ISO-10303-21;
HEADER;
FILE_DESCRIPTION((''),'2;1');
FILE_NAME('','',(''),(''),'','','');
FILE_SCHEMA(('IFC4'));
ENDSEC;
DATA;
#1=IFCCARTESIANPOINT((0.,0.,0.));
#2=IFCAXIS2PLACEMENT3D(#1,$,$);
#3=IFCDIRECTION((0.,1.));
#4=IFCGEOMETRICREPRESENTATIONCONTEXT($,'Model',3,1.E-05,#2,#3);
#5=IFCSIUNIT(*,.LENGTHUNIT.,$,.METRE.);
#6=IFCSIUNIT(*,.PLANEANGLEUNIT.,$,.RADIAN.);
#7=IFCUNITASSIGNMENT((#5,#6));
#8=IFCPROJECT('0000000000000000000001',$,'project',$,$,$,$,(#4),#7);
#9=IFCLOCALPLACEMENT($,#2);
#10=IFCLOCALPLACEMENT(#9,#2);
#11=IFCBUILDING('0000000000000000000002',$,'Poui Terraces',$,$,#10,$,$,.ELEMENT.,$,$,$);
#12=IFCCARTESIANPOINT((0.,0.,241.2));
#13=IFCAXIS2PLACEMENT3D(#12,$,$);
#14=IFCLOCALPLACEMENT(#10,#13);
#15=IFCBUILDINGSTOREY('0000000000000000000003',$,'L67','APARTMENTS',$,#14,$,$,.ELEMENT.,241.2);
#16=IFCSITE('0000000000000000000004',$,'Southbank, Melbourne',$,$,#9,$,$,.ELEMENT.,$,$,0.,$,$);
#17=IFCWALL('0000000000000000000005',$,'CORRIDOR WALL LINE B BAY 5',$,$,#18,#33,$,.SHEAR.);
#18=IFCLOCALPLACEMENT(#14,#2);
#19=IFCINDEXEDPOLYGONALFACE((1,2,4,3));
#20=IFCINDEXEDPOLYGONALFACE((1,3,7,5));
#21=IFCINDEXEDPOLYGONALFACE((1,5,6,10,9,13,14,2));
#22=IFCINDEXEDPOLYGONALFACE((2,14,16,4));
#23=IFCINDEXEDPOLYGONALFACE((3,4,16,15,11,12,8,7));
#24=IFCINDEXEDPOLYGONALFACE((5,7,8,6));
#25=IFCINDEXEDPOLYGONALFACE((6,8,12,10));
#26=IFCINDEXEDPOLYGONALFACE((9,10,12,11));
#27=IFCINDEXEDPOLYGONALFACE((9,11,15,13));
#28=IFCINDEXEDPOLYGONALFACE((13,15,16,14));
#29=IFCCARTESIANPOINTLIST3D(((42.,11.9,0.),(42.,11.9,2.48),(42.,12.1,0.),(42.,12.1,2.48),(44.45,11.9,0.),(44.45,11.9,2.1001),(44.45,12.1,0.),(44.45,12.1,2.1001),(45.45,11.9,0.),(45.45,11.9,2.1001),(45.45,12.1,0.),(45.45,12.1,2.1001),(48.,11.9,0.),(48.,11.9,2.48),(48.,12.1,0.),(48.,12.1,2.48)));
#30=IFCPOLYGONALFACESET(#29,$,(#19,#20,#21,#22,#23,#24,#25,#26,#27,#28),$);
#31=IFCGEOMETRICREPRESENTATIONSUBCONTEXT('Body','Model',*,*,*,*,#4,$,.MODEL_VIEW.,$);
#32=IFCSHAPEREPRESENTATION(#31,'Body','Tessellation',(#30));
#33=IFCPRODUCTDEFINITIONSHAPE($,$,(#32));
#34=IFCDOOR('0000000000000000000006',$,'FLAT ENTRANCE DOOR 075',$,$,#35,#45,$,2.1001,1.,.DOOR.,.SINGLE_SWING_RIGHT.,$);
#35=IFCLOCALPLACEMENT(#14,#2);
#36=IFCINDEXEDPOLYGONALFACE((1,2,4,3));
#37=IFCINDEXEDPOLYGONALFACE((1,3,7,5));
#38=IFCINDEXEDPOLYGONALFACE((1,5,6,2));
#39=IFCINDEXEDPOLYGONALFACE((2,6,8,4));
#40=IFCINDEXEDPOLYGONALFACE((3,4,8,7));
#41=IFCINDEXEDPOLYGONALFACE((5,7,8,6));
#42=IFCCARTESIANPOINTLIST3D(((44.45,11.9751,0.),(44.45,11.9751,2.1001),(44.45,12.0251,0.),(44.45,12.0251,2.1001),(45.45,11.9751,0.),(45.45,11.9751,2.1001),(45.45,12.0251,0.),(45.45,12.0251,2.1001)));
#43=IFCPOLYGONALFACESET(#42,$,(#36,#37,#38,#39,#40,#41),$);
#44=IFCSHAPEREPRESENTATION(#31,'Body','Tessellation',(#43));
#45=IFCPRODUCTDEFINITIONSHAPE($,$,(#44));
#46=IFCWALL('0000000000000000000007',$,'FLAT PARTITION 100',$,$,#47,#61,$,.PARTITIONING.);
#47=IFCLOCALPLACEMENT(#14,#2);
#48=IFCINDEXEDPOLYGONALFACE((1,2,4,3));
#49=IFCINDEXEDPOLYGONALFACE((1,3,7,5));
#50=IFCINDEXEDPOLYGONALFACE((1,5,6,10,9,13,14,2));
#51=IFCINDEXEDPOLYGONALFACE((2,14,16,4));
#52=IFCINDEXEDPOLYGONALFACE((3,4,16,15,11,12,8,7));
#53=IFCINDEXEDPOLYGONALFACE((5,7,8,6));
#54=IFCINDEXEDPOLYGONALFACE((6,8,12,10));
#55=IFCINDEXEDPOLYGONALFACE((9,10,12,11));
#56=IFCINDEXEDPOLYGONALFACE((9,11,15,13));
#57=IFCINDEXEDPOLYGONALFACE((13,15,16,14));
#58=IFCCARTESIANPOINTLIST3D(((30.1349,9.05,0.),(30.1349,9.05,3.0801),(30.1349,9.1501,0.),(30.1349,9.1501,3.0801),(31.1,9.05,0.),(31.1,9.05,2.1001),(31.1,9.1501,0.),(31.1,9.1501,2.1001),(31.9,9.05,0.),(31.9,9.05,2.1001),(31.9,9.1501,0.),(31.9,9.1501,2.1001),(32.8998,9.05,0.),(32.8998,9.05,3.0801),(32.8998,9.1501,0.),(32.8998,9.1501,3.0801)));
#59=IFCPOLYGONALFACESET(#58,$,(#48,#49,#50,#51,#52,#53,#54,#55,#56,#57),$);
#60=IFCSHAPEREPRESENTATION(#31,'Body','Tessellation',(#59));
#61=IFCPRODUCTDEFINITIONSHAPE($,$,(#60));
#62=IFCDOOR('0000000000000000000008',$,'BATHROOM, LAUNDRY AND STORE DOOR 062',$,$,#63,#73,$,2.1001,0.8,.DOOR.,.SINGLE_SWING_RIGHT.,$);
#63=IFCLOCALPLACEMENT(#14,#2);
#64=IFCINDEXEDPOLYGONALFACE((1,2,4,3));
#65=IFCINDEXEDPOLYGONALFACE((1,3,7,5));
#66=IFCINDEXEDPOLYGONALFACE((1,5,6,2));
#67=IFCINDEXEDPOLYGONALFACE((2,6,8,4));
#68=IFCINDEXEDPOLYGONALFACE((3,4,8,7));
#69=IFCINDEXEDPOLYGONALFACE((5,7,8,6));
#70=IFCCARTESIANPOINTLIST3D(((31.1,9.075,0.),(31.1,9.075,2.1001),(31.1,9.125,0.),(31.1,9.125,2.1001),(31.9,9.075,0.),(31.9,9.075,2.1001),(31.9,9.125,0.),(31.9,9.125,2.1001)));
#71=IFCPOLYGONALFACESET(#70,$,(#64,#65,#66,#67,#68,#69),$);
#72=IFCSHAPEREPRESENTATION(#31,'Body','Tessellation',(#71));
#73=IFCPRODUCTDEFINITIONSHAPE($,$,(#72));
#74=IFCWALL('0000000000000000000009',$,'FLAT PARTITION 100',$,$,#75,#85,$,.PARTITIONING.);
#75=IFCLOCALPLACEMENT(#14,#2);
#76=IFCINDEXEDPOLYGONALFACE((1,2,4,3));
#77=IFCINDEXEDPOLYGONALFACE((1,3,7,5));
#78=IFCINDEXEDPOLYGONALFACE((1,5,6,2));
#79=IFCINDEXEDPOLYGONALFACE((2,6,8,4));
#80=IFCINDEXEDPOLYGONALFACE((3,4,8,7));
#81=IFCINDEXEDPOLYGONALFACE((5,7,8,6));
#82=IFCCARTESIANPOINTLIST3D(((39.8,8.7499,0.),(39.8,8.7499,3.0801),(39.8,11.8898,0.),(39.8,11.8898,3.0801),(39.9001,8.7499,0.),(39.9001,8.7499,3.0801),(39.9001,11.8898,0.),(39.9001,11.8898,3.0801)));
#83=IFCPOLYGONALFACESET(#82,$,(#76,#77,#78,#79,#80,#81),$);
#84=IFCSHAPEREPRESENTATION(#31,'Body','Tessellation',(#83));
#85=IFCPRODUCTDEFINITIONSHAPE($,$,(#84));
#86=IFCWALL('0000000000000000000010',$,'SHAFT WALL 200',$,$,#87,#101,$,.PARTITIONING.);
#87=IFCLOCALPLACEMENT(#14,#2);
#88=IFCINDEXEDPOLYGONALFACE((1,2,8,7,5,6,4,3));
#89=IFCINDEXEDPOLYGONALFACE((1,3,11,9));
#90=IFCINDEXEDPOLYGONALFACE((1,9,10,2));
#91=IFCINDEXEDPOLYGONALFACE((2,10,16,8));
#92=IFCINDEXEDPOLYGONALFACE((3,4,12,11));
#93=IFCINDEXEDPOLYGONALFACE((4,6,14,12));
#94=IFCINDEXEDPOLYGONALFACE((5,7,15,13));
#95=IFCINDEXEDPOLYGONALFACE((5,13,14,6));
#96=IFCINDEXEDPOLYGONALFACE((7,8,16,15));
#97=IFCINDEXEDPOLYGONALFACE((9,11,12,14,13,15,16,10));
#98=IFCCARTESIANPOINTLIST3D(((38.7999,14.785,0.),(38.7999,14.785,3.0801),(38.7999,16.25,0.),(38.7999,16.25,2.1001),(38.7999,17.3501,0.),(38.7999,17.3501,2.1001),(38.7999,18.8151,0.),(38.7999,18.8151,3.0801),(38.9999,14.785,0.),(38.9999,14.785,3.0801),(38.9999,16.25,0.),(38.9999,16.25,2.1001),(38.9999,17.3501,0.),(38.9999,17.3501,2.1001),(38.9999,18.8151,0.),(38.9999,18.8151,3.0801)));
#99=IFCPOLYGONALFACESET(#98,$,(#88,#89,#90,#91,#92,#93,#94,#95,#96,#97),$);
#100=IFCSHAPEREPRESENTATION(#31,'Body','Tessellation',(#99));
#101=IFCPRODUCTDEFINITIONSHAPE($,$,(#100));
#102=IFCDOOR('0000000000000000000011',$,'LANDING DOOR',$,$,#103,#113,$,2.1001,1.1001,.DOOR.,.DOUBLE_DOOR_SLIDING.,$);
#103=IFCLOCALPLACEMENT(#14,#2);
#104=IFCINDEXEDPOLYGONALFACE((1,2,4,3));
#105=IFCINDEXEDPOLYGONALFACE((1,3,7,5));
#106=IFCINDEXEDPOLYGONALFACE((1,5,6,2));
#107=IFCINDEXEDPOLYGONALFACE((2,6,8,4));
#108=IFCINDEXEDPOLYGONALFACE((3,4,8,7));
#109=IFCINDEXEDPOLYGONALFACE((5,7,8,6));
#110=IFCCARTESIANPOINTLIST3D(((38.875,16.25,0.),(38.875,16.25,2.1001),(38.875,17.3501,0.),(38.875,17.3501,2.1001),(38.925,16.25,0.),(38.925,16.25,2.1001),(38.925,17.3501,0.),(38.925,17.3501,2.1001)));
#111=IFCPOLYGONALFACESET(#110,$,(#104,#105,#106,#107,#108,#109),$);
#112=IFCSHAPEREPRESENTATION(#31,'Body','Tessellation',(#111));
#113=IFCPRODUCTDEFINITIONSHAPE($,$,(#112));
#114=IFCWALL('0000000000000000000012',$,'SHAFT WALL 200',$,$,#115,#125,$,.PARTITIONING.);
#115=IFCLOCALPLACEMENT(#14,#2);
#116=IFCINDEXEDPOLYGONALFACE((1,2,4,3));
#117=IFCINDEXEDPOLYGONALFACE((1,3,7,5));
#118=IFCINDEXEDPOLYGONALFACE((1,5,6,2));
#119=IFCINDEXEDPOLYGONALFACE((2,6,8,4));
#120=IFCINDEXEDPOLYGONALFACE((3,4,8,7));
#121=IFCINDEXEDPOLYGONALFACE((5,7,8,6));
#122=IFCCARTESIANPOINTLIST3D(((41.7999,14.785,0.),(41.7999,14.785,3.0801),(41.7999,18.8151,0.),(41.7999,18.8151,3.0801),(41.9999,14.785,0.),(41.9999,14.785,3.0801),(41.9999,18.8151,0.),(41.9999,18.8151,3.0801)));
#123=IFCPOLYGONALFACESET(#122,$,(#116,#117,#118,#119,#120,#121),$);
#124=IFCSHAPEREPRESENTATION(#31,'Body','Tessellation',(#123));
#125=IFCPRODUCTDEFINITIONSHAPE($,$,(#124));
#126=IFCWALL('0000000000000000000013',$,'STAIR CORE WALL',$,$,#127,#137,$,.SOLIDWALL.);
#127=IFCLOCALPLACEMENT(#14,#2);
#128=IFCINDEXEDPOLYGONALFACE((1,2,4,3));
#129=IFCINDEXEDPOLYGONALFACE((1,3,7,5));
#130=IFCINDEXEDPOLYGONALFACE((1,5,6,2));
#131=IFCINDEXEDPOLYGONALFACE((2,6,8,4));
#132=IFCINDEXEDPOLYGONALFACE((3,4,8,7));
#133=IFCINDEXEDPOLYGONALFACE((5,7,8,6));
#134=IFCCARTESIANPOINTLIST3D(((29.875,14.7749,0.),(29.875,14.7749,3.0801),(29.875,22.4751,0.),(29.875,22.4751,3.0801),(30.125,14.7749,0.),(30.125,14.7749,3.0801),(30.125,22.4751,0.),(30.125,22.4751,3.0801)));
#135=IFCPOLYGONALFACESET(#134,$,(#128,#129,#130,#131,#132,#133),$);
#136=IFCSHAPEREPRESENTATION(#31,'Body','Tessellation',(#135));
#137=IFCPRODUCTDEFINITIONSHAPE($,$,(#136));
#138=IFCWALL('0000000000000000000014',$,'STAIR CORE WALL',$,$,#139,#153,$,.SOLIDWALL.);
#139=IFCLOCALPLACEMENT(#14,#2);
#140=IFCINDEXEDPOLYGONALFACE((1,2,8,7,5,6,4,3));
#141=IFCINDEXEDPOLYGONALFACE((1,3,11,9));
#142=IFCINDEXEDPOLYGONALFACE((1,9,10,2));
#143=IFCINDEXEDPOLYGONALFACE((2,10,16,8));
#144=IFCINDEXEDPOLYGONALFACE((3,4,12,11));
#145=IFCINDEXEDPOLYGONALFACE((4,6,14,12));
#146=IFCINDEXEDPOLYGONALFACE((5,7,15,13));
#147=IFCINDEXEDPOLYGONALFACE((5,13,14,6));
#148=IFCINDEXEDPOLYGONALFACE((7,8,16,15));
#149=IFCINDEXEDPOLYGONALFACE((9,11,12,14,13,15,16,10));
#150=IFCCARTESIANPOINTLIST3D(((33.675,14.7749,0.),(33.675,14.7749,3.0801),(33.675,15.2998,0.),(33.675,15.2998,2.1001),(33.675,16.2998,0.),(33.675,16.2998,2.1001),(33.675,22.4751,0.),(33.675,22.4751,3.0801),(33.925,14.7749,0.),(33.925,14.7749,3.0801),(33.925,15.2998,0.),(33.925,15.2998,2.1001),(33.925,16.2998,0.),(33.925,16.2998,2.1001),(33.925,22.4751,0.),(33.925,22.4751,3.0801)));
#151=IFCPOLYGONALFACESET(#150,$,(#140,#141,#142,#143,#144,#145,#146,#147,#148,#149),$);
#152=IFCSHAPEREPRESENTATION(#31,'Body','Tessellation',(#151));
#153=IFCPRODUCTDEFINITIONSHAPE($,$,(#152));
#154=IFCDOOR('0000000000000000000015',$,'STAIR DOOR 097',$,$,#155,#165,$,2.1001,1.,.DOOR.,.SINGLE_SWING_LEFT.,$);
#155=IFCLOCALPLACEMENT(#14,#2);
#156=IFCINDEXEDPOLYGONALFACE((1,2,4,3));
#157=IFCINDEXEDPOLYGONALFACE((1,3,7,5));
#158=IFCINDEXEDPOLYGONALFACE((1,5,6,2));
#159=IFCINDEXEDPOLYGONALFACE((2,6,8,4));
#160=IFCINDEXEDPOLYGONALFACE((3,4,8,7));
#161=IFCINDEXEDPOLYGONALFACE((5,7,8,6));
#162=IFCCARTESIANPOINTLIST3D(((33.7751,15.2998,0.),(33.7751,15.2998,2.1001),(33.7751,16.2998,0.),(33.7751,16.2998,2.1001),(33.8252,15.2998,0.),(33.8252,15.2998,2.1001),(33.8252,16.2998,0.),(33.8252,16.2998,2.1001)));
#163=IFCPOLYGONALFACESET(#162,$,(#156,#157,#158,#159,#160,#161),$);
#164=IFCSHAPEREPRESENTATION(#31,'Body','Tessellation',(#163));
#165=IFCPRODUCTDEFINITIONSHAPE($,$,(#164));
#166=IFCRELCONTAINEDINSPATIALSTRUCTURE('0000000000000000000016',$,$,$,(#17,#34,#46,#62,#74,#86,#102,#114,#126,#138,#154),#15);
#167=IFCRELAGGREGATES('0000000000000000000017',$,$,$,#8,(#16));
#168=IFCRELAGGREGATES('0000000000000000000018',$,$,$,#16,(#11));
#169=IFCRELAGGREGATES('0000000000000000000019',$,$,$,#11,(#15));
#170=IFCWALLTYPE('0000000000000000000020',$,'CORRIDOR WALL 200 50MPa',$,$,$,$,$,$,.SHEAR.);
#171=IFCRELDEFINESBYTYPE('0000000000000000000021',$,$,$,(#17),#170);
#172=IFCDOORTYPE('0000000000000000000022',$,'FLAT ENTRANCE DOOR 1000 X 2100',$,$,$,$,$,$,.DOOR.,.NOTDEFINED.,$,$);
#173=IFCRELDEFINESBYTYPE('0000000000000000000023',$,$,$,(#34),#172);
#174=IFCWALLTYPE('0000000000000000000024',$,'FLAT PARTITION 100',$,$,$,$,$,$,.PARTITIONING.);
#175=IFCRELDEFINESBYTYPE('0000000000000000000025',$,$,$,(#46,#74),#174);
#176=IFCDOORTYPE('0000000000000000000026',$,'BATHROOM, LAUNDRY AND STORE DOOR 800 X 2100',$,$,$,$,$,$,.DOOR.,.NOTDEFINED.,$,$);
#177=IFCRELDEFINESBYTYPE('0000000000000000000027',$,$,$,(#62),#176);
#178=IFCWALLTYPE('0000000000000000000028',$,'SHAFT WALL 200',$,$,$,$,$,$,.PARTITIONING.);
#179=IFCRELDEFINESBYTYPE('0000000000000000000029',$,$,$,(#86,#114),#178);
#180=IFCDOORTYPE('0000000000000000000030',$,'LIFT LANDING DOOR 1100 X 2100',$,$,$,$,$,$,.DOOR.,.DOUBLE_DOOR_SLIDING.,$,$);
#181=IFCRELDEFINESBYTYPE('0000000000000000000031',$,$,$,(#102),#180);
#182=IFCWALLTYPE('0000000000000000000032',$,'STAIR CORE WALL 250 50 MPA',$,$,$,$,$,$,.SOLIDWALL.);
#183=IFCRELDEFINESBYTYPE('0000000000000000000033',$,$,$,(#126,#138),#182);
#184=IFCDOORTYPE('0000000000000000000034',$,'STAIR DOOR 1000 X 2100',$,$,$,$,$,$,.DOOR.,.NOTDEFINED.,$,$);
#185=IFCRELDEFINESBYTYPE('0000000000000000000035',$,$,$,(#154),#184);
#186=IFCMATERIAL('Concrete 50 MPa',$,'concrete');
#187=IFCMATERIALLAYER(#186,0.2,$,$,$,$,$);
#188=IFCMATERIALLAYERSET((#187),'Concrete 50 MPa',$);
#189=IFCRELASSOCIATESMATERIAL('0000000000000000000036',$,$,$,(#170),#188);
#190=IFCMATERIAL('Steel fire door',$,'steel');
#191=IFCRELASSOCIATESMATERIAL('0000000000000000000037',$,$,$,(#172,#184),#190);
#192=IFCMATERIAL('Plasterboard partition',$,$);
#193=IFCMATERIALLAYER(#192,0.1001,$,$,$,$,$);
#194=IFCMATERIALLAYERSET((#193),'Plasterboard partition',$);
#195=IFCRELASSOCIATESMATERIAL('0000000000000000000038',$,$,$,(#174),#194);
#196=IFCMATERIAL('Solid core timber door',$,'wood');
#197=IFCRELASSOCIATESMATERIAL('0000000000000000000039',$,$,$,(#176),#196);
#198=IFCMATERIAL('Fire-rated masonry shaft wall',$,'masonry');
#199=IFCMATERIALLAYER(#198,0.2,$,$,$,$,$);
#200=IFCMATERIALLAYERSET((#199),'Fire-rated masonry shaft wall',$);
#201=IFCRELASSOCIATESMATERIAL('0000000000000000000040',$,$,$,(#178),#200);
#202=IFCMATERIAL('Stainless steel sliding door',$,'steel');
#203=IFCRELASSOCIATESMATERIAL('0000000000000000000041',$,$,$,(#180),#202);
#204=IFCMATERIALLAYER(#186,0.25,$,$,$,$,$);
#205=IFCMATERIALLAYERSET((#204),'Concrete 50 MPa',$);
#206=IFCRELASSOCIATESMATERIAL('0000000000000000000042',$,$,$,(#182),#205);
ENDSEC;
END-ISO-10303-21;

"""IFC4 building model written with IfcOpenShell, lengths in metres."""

from ifc_helpers import new_model, si_unit, direction, frame, frame_2d, origin, place, context, subcontext, project, spatial, rectangle, extrude, material, layer, layer_set, type_object, element, fill, save


model = new_model("IFC4")

# Units and contexts
model_context = context("Model", 3, precision=1e-05, world=origin(), true_north=direction((0.0, 1.0)))
body_context = subcontext(model_context, "Body", "Model", "MODEL_VIEW")
ifc_project = project(units=[si_unit("LENGTHUNIT", "METRE"), si_unit("PLANEANGLEUNIT", "RADIAN")], contexts=[model_context])

# Site, building, storey
site_placement = place(None, origin())
site = spatial("IfcSite", under=ifc_project, at=site_placement, Name="Southbank, Melbourne", CompositionType="ELEMENT", RefElevation=0.0)
building_placement = place(site_placement, origin())
building = spatial("IfcBuilding", under=site, at=building_placement, Name="Poui Terraces", CompositionType="ELEMENT")
storey_placement = place(building_placement, frame((0.0, 0.0, 241.2)))
storey = spatial("IfcBuildingStorey", under=building, at=storey_placement, Name="L67", Description="APARTMENTS", CompositionType="ELEMENT", Elevation=241.2)

# Shared definitions
ifc_material_1 = material(Name="Concrete 50 MPa", Category="concrete")

# Shared definitions
ifc_material_2 = material(Name="Steel fire door", Category="steel")

# Shared definitions
ifc_layer_1 = layer(ifc_material_1, 0.2)
ifc_layer_set_1 = layer_set([ifc_layer_1], Name="Concrete 50 MPa")
wall_type_1 = type_object("IfcWallType", Name="CORRIDOR WALL 200 50MPa", PredefinedType="SHEAR", material=ifc_layer_set_1)

# Walls, openings, doors
door_type_1 = type_object("IfcDoorType", Name="FLAT ENTRANCE DOOR 1000 X 2100", OperationType="NOTDEFINED", PredefinedType="DOOR", material=ifc_material_2)
wall_1_placement = place(storey_placement, frame((42.0, 12.0, 0.0), z_axis=(0.0, 0.0, 1.0), x_axis=(1.0, 0.0, 0.0)))
wall_1 = element("IfcWall", 1, at=wall_1_placement, inside=storey, type_object=wall_type_1, Name="CORRIDOR WALL LINE B BAY 5", PredefinedType="SHEAR", context=body_context, shape_type="SweptSolid", body=[
    extrude(rectangle(XDim=6.0, YDim=0.2, at=frame_2d((3.0, 0.0))), origin(), (0.0, 0.0, 1.0), 2.48),
])
opening_1_placement = place(wall_1_placement, frame((2.45, 0.0, 0.0)))
opening_1 = element("IfcOpeningElement", 2, at=opening_1_placement, cuts=wall_1, PredefinedType="OPENING", context=body_context, shape_type="SweptSolid", body=[
    extrude(rectangle(XDim=1.0, YDim=2.1001, at=frame_2d((0.5, 1.05))), frame((0.0, 0.1099, 0.0), z_axis=(0.0, -1.0, 0.0), x_axis=(1.0, 0.0, 0.0)), (0.0, 0.0, 1.0), 0.22),
])
door_1_placement = place(opening_1_placement, frame((1.0, 0.0, 0.0), z_axis=(0.0, 0.0, 1.0), x_axis=(-1.0, 0.0, 0.0)))
door_1 = element("IfcDoor", 3, at=door_1_placement, inside=storey, type_object=door_type_1, Name="FLAT ENTRANCE DOOR 075", OperationType="SINGLE_SWING_RIGHT", OverallHeight=2.1001, OverallWidth=1.0, PredefinedType="DOOR", context=body_context, shape_type="SweptSolid", body=[
    extrude(rectangle(XDim=1.0, YDim=2.1001, at=frame_2d((0.5, 1.05))), frame((0.0, 0.0249, 0.0), z_axis=(0.0, -1.0, 0.0), x_axis=(1.0, 0.0, 0.0)), (0.0, 0.0, 1.0), 0.05),
])
fill(opening_1, door_1)
ifc_material_3 = material(Name="Plasterboard partition")
ifc_layer_2 = layer(ifc_material_3, 0.1001)
ifc_layer_set_2 = layer_set([ifc_layer_2], Name="Plasterboard partition")
wall_type_2 = type_object("IfcWallType", Name="FLAT PARTITION 100", PredefinedType="PARTITIONING", material=ifc_layer_set_2)
wall_2_placement = place(storey_placement, frame((30.135, 9.1001, 0.0), z_axis=(0.0, 0.0, 1.0), x_axis=(1.0, 0.0, 0.0)))
wall_2 = element("IfcWall", 4, at=wall_2_placement, inside=storey, type_object=wall_type_2, Name="FLAT PARTITION 100", PredefinedType="PARTITIONING", context=body_context, shape_type="SweptSolid", body=[
    extrude(rectangle(XDim=2.7649, YDim=0.1001, at=frame_2d((1.3823, 0.0))), origin(), (0.0, 0.0, 1.0), 3.0801),
])
opening_2_placement = place(wall_2_placement, frame((0.9651, 0.0, 0.0)))
opening_2 = element("IfcOpeningElement", 5, at=opening_2_placement, cuts=wall_2, PredefinedType="OPENING", context=body_context, shape_type="SweptSolid", body=[
    extrude(rectangle(XDim=0.8, YDim=2.1001, at=frame_2d((0.3999, 1.05))), frame((0.0, 0.0601, 0.0), z_axis=(0.0, -1.0, 0.0), x_axis=(1.0, 0.0, 0.0)), (0.0, 0.0, 1.0), 0.1201),
])
ifc_material_4 = material(Name="Solid core timber door", Category="wood")
door_type_2 = type_object("IfcDoorType", Name="BATHROOM, LAUNDRY AND STORE DOOR 800 X 2100", OperationType="NOTDEFINED", PredefinedType="DOOR", material=ifc_material_4)
door_2_placement = place(opening_2_placement, origin())
door_2 = element("IfcDoor", 6, at=door_2_placement, inside=storey, type_object=door_type_2, Name="BATHROOM, LAUNDRY AND STORE DOOR 062", OperationType="SINGLE_SWING_RIGHT", OverallHeight=2.1001, OverallWidth=0.8, PredefinedType="DOOR", context=body_context, shape_type="SweptSolid", body=[
    extrude(rectangle(XDim=0.8, YDim=2.1001, at=frame_2d((0.3999, 1.05))), frame((0.0, 0.0249, 0.0), z_axis=(0.0, -1.0, 0.0), x_axis=(1.0, 0.0, 0.0)), (0.0, 0.0, 1.0), 0.05),
])
fill(opening_2, door_2)

# Wall
wall_3_placement = place(storey_placement, frame((39.8501, 8.75, 0.0), z_axis=(0.0, 0.0, 1.0), x_axis=(0.0, 1.0, 0.0)))
element("IfcWall", 7, at=wall_3_placement, inside=storey, type_object=wall_type_2, Name="FLAT PARTITION 100", PredefinedType="PARTITIONING", context=body_context, shape_type="SweptSolid", body=[
    extrude(rectangle(XDim=3.1399, YDim=0.1001, at=frame_2d((1.5698, 0.0))), origin(), (0.0, 0.0, 1.0), 3.0801),
])

# Wall, opening, door
ifc_material_5 = material(Name="Fire-rated masonry shaft wall", Category="masonry")
ifc_layer_3 = layer(ifc_material_5, 0.2)
ifc_layer_set_3 = layer_set([ifc_layer_3], Name="Fire-rated masonry shaft wall")
wall_type_3 = type_object("IfcWallType", Name="SHAFT WALL 200", PredefinedType="PARTITIONING", material=ifc_layer_set_3)
wall_4_placement = place(storey_placement, frame((38.8999, 14.7849, 0.0), z_axis=(0.0, 0.0, 1.0), x_axis=(0.0, 1.0, 0.0)))
wall_4 = element("IfcWall", 8, at=wall_4_placement, inside=storey, type_object=wall_type_3, Name="SHAFT WALL 200", PredefinedType="PARTITIONING", context=body_context, shape_type="SweptSolid", body=[
    extrude(rectangle(XDim=4.03, YDim=0.2, at=frame_2d((2.0151, 0.0))), origin(), (0.0, 0.0, 1.0), 3.0801),
])
opening_3_placement = place(wall_4_placement, frame((1.4651, 0.0, 0.0)))
opening_3 = element("IfcOpeningElement", 9, at=opening_3_placement, cuts=wall_4, PredefinedType="OPENING", context=body_context, shape_type="SweptSolid", body=[
    extrude(rectangle(XDim=1.1001, YDim=2.1001, at=frame_2d((0.55, 1.05))), frame((0.0, 0.1099, 0.0), z_axis=(0.0, -1.0, 0.0), x_axis=(1.0, 0.0, 0.0)), (0.0, 0.0, 1.0), 0.22),
])
ifc_material_6 = material(Name="Stainless steel sliding door", Category="steel")
door_type_3 = type_object("IfcDoorType", Name="LIFT LANDING DOOR 1100 X 2100", OperationType="DOUBLE_DOOR_SLIDING", PredefinedType="DOOR", material=ifc_material_6)
door_3_placement = place(opening_3_placement, origin())
door_3 = element("IfcDoor", 10, at=door_3_placement, inside=storey, type_object=door_type_3, Name="LANDING DOOR", OperationType="DOUBLE_DOOR_SLIDING", OverallHeight=2.1001, OverallWidth=1.1001, PredefinedType="DOOR", context=body_context, shape_type="SweptSolid", body=[
    extrude(rectangle(XDim=1.1001, YDim=2.1001, at=frame_2d((0.55, 1.05))), frame((0.0, 0.0249, 0.0), z_axis=(0.0, -1.0, 0.0), x_axis=(1.0, 0.0, 0.0)), (0.0, 0.0, 1.0), 0.05),
])
fill(opening_3, door_3)

# Walls
wall_5_placement = place(storey_placement, frame((41.8999, 14.7849, 0.0), z_axis=(0.0, 0.0, 1.0), x_axis=(0.0, 1.0, 0.0)))
element("IfcWall", 11, at=wall_5_placement, inside=storey, type_object=wall_type_3, Name="SHAFT WALL 200", PredefinedType="PARTITIONING", context=body_context, shape_type="SweptSolid", body=[
    extrude(rectangle(XDim=4.03, YDim=0.2, at=frame_2d((2.0151, 0.0))), origin(), (0.0, 0.0, 1.0), 3.0801),
])
ifc_layer_4 = layer(ifc_material_1, 0.25)
ifc_layer_set_4 = layer_set([ifc_layer_4], Name="Concrete 50 MPa")
wall_type_4 = type_object("IfcWallType", Name="STAIR CORE WALL 250 50 MPA", PredefinedType="SOLIDWALL", material=ifc_layer_set_4)
wall_6_placement = place(storey_placement, frame((30.0, 14.7749, 0.0), z_axis=(0.0, 0.0, 1.0), x_axis=(0.0, 1.0, 0.0)))
element("IfcWall", 12, at=wall_6_placement, inside=storey, type_object=wall_type_4, Name="STAIR CORE WALL", PredefinedType="SOLIDWALL", context=body_context, shape_type="SweptSolid", body=[
    extrude(rectangle(XDim=7.7002, YDim=0.25, at=frame_2d((3.8501, 0.0))), origin(), (0.0, 0.0, 1.0), 3.0801),
])

# Wall, opening, door
wall_7_placement = place(storey_placement, frame((33.8, 14.7749, 0.0), z_axis=(0.0, 0.0, 1.0), x_axis=(0.0, 1.0, 0.0)))
wall_7 = element("IfcWall", 13, at=wall_7_placement, inside=storey, type_object=wall_type_4, Name="STAIR CORE WALL", PredefinedType="SOLIDWALL", context=body_context, shape_type="SweptSolid", body=[
    extrude(rectangle(XDim=7.7002, YDim=0.25, at=frame_2d((3.8501, 0.0))), origin(), (0.0, 0.0, 1.0), 3.0801),
])
opening_4_placement = place(wall_7_placement, frame((0.5249, 0.0, 0.0)))
opening_4 = element("IfcOpeningElement", 14, at=opening_4_placement, cuts=wall_7, PredefinedType="OPENING", context=body_context, shape_type="SweptSolid", body=[
    extrude(rectangle(XDim=1.0, YDim=2.1001, at=frame_2d((0.5, 1.05))), frame((0.0, 0.135, 0.0), z_axis=(0.0, -1.0, 0.0), x_axis=(1.0, 0.0, 0.0)), (0.0, 0.0, 1.0), 0.27),
])
door_type_4 = type_object("IfcDoorType", Name="STAIR DOOR 1000 X 2100", OperationType="NOTDEFINED", PredefinedType="DOOR", material=ifc_material_2)
door_4_placement = place(opening_4_placement, origin())
door_4 = element("IfcDoor", 15, at=door_4_placement, inside=storey, type_object=door_type_4, Name="STAIR DOOR 097", OperationType="SINGLE_SWING_LEFT", OverallHeight=2.1001, OverallWidth=1.0, PredefinedType="DOOR", context=body_context, shape_type="SweptSolid", body=[
    extrude(rectangle(XDim=1.0, YDim=2.1001, at=frame_2d((0.5, 1.05))), frame((0.0, 0.0249, 0.0), z_axis=(0.0, -1.0, 0.0), x_axis=(1.0, 0.0, 0.0)), (0.0, 0.0, 1.0), 0.05),
])
fill(opening_4, door_4)

save(model, "model.ifc")
